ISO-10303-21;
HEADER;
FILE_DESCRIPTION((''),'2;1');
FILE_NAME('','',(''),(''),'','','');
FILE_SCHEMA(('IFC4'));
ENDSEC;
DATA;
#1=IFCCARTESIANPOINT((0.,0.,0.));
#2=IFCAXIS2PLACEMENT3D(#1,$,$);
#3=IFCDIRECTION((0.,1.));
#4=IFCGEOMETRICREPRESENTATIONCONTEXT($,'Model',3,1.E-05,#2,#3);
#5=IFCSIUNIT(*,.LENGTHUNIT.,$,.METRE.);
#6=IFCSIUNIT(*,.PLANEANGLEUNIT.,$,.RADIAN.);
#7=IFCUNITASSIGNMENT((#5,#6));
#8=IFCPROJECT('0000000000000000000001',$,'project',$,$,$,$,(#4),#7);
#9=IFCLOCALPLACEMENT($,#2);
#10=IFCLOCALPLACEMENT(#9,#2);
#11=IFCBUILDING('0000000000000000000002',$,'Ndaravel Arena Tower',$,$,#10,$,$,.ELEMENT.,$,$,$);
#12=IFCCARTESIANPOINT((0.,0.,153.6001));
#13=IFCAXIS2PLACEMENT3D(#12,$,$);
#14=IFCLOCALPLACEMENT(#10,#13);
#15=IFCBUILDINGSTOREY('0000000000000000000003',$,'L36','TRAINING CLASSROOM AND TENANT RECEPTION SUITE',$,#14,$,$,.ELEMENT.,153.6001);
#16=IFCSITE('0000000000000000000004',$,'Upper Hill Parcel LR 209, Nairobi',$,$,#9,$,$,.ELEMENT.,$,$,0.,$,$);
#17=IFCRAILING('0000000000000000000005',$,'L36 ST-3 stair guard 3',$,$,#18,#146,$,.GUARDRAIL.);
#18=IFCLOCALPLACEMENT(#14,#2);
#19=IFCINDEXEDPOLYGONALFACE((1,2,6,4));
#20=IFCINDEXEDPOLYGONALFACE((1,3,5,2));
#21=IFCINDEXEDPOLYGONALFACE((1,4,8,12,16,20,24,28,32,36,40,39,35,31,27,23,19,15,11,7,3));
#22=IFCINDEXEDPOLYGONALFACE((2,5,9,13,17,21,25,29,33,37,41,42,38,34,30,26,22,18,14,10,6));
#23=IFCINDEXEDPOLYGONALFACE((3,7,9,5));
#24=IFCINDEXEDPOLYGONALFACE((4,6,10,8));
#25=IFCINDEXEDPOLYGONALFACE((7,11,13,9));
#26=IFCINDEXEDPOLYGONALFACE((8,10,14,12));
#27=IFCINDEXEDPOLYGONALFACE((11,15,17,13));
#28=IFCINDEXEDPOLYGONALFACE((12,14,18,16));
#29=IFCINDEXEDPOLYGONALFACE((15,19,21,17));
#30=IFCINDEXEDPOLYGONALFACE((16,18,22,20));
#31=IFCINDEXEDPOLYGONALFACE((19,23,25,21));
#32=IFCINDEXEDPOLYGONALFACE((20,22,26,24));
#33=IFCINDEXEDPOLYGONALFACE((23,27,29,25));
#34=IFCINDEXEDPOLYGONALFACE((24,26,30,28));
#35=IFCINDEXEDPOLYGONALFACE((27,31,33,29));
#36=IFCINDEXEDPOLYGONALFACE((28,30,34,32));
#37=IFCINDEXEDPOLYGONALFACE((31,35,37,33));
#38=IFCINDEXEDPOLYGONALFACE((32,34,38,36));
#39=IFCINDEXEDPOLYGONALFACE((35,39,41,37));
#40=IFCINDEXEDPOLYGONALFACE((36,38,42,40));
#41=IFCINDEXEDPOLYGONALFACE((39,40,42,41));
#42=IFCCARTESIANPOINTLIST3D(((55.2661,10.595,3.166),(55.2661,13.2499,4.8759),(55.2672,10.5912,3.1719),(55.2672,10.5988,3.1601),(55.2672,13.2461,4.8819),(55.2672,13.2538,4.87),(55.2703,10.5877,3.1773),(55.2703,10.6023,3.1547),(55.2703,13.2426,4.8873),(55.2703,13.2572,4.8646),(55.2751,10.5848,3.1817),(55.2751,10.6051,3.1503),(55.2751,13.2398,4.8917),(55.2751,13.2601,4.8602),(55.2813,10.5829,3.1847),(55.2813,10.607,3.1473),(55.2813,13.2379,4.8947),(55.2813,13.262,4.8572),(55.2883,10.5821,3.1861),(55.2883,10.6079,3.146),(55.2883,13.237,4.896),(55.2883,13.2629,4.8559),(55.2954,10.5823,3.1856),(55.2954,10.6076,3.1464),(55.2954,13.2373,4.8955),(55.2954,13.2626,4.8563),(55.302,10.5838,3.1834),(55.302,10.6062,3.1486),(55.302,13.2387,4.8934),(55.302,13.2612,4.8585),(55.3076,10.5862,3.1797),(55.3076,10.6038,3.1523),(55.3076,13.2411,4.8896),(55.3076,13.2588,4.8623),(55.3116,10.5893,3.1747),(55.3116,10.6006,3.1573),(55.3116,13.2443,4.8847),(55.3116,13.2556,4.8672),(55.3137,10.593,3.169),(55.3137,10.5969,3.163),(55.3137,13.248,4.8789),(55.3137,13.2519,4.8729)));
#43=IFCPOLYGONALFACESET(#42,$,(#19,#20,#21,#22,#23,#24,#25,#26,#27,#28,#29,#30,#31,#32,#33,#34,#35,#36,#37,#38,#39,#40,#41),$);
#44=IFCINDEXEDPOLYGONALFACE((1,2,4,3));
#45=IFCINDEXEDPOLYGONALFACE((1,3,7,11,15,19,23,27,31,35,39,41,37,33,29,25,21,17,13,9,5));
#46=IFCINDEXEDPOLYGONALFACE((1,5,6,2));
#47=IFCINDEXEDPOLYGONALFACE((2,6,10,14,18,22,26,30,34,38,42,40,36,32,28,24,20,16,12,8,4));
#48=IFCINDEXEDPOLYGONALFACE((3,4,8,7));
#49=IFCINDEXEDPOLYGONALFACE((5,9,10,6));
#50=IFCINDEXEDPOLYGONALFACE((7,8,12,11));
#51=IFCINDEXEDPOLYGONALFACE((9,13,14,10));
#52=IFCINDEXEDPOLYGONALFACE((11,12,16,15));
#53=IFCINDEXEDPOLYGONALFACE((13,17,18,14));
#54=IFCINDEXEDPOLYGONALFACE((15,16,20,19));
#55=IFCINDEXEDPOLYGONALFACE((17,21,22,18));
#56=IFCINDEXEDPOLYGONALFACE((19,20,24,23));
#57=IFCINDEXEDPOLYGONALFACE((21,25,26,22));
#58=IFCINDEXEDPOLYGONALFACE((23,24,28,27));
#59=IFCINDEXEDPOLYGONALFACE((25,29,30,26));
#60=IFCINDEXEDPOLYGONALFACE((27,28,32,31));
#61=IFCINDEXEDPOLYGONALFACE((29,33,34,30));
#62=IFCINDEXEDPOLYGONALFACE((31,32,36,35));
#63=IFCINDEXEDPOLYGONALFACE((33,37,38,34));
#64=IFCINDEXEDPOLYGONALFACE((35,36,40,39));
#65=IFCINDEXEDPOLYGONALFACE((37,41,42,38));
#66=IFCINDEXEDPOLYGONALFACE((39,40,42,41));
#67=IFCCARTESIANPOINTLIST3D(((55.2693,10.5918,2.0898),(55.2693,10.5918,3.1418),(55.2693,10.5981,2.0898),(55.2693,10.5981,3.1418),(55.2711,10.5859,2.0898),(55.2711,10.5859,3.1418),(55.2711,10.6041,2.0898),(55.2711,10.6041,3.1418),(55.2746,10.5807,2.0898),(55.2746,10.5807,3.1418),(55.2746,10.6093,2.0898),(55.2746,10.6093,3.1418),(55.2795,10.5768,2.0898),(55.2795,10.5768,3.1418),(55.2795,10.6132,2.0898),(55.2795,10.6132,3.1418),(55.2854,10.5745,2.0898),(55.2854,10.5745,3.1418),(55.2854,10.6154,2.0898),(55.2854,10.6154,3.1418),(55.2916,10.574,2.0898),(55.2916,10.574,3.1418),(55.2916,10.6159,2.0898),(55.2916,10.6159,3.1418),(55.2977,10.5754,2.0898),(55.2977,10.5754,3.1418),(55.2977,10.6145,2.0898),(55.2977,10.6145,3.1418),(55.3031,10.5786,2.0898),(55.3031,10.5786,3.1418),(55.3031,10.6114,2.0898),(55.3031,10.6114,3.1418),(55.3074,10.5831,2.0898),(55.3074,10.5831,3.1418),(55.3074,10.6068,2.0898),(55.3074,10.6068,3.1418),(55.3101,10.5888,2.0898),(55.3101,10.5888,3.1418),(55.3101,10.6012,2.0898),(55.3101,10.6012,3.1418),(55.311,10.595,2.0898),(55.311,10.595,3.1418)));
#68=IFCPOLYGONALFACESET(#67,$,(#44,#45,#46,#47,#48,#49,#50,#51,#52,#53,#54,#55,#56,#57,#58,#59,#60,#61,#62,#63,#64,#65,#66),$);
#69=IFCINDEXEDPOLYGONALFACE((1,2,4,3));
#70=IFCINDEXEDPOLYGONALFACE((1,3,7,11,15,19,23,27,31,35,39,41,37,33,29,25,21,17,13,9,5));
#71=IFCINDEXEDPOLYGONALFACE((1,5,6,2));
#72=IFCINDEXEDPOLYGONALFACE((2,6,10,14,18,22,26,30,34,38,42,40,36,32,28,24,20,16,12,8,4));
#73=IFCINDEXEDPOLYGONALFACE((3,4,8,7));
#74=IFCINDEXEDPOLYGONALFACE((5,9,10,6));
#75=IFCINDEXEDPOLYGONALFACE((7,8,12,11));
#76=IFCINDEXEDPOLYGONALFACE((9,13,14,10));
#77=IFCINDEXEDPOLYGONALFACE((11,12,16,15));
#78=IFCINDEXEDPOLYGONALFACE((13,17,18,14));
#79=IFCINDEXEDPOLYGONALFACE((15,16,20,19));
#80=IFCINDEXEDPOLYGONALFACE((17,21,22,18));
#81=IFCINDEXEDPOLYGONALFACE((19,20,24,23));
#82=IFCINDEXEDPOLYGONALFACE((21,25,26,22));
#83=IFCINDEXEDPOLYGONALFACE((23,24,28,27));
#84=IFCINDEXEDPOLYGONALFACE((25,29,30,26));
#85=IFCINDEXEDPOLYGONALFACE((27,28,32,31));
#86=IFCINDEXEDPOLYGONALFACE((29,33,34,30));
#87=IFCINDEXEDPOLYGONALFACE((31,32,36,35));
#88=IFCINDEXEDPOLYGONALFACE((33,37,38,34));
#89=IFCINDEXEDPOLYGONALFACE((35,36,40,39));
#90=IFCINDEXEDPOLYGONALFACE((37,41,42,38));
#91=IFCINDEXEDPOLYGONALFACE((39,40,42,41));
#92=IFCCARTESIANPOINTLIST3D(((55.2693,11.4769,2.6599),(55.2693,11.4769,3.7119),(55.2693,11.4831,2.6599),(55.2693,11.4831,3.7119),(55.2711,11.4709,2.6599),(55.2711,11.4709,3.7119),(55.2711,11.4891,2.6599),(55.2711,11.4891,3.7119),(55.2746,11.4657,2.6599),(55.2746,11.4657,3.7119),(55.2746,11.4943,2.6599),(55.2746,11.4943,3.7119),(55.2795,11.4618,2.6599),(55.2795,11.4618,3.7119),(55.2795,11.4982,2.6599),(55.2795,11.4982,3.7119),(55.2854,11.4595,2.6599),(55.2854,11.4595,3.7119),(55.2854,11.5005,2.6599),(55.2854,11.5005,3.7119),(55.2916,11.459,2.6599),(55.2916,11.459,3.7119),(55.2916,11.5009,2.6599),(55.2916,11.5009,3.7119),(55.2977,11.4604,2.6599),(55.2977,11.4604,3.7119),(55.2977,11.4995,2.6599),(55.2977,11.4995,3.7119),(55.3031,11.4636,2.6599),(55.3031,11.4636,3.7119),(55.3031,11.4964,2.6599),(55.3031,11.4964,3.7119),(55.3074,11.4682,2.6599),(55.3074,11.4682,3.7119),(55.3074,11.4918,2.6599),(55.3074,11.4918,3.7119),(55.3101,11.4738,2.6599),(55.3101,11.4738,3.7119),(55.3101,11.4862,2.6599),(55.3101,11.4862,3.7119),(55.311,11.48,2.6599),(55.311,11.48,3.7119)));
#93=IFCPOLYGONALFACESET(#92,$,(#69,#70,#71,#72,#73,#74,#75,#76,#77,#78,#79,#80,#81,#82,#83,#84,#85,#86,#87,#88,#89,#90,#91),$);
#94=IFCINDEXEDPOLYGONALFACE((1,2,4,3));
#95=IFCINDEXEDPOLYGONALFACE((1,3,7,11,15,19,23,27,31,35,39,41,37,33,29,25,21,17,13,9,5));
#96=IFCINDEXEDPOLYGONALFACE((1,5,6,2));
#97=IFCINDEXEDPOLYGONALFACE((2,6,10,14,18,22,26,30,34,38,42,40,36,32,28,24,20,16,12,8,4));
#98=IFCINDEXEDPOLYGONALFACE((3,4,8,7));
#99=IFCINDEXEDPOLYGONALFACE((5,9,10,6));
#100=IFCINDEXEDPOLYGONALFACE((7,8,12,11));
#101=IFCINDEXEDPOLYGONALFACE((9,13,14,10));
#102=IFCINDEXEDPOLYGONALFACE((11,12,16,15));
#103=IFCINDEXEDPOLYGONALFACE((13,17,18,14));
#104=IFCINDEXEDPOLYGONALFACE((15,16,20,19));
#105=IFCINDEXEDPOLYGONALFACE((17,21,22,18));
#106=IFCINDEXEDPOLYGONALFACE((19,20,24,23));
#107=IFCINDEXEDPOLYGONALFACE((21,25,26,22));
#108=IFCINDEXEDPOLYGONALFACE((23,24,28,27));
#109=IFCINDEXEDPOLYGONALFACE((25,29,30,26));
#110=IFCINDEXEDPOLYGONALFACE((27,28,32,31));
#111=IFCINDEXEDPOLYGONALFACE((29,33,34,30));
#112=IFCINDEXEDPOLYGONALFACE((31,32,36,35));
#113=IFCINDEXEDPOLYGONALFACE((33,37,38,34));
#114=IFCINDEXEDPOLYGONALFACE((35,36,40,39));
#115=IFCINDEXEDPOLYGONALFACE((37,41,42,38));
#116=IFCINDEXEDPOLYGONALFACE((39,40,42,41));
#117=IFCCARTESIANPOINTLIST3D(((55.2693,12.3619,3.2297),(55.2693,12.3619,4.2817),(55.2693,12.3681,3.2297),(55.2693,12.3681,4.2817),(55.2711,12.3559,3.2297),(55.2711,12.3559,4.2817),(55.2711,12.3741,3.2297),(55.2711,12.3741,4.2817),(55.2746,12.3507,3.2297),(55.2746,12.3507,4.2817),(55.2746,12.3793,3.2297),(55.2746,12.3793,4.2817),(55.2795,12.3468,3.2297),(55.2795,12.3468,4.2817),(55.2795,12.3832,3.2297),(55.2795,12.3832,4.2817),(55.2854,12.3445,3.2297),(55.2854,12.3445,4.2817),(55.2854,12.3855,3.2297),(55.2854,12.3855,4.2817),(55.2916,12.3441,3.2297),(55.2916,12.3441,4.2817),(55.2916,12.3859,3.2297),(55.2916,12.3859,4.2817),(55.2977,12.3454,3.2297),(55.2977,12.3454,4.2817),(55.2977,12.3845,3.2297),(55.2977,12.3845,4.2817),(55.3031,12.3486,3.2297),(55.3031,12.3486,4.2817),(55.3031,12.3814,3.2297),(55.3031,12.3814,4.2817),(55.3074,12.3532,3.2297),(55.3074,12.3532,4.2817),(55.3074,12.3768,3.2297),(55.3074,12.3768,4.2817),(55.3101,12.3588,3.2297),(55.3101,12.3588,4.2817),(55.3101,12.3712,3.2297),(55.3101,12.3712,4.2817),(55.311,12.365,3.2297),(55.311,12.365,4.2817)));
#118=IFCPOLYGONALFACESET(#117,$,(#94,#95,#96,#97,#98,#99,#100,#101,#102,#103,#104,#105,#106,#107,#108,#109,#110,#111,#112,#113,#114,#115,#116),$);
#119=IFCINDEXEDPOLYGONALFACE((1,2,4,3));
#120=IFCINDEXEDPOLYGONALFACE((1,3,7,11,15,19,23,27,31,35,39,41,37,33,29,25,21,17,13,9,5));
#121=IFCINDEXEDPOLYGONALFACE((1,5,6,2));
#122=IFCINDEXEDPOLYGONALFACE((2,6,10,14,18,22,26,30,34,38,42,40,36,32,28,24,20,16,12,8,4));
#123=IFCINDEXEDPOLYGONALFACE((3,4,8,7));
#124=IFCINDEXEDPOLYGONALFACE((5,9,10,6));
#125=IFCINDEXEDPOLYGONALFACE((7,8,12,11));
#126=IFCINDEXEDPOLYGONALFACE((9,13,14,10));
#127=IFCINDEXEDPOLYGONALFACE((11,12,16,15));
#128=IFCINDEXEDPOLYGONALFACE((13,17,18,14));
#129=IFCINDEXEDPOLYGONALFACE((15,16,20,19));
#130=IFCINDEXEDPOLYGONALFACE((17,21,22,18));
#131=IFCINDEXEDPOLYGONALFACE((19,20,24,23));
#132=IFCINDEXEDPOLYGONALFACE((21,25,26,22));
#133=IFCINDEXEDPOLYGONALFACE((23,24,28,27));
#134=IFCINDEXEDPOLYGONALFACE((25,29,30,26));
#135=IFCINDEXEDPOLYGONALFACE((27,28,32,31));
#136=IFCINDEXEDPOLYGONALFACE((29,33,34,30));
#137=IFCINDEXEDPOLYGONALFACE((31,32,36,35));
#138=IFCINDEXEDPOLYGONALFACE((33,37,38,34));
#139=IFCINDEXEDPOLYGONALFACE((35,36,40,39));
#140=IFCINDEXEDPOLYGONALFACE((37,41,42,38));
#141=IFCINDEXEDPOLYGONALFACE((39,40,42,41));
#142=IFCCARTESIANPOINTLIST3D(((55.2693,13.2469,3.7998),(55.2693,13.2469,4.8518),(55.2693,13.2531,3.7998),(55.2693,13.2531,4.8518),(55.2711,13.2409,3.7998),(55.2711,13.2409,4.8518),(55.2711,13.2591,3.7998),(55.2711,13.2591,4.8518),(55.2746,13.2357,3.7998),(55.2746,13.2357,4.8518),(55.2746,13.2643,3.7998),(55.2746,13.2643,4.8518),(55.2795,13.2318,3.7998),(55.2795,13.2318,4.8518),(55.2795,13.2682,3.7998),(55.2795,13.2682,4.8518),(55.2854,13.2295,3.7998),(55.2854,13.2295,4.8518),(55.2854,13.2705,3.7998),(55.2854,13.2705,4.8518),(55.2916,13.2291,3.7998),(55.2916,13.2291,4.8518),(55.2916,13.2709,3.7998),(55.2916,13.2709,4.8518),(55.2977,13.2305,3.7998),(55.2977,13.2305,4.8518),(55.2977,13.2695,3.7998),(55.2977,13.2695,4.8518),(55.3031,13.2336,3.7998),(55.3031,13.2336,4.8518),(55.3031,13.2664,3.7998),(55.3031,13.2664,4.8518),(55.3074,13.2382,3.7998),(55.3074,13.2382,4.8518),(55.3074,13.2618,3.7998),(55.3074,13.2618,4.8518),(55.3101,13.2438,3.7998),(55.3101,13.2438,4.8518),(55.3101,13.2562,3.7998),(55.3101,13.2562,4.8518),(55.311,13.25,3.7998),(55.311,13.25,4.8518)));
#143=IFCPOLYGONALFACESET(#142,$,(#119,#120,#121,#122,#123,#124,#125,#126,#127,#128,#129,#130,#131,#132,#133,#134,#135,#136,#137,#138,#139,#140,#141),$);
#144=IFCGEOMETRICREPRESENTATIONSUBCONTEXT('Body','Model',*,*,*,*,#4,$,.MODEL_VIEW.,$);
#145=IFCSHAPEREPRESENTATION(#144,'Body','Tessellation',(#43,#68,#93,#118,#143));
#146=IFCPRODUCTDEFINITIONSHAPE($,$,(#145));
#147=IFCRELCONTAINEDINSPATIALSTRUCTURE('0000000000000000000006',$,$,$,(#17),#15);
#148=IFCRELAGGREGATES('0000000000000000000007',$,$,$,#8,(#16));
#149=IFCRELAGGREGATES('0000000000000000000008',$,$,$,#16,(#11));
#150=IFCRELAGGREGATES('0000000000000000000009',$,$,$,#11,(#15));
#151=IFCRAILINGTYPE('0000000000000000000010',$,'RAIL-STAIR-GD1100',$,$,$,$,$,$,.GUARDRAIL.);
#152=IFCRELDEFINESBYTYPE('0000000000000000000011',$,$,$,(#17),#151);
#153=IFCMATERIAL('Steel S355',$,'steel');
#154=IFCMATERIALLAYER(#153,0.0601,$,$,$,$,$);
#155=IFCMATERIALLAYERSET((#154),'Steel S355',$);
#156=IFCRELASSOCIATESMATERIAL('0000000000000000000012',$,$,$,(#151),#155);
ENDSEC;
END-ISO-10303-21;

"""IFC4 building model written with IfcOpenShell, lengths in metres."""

from ifc_helpers import new_model, si_unit, direction, frame, origin, origin_2d, place, context, subcontext, project, spatial, circle, extrude, material, layer, layer_set, type_object, element, save


model = new_model("IFC4")

# Units and contexts
model_context = context("Model", 3, precision=1e-05, world=origin(), true_north=direction((0.0, 1.0)))
body_context = subcontext(model_context, "Body", "Model", "MODEL_VIEW")
ifc_project = project(units=[si_unit("LENGTHUNIT", "METRE"), si_unit("PLANEANGLEUNIT", "RADIAN")], contexts=[model_context])

# Site, building, storey
site_placement = place(None, origin())
site = spatial("IfcSite", under=ifc_project, at=site_placement, Name="Upper Hill Parcel LR 209, Nairobi", CompositionType="ELEMENT", RefElevation=0.0)
building_placement = place(site_placement, origin())
building = spatial("IfcBuilding", under=site, at=building_placement, Name="Ndaravel Arena Tower", CompositionType="ELEMENT")
storey_placement = place(building_placement, frame((0.0, 0.0, 153.6001)))
storey = spatial("IfcBuildingStorey", under=building, at=storey_placement, Name="L36", Description="TRAINING CLASSROOM AND TENANT RECEPTION SUITE", CompositionType="ELEMENT", Elevation=153.6001)

# Railing
ifc_material_1 = material(Name="Steel S355", Category="steel")
ifc_layer_1 = layer(ifc_material_1, 0.0601)
ifc_layer_set_1 = layer_set([ifc_layer_1], Name="Steel S355")
railing_type_1 = type_object("IfcRailingType", Name="RAIL-STAIR-GD1100", PredefinedType="GUARDRAIL", material=ifc_layer_set_1)
railing_1_placement = place(storey_placement, frame((55.29, 10.595, 2.0898)))
element("IfcRailing", 1, at=railing_1_placement, inside=storey, type_object=railing_type_1, Name="L36 ST-3 stair guard 3", PredefinedType="GUARDRAIL", context=body_context, shape_type="SweptSolid", body=[
    extrude(circle(Radius=0.0239, at=origin_2d()), frame((0.0, 0.0, 1.0762), z_axis=(0.0, 0.840724, 0.541465), x_axis=(-1.0, 0.0, 0.0)), (0.0, 0.0, 1.0), 3.158),
    extrude(circle(Radius=0.021, at=origin_2d()), origin(), (0.0, 0.0, 1.0), 1.052),
    extrude(circle(Radius=0.021, at=origin_2d()), frame((0.0, 0.885, 0.5701)), (0.0, 0.0, 1.0), 1.052),
    extrude(circle(Radius=0.021, at=origin_2d()), frame((0.0, 1.77, 1.1399)), (0.0, 0.0, 1.0), 1.052),
    extrude(circle(Radius=0.021, at=origin_2d()), frame((0.0, 2.655, 1.71)), (0.0, 0.0, 1.0), 1.052),
])

save(model, "model.ifc")
